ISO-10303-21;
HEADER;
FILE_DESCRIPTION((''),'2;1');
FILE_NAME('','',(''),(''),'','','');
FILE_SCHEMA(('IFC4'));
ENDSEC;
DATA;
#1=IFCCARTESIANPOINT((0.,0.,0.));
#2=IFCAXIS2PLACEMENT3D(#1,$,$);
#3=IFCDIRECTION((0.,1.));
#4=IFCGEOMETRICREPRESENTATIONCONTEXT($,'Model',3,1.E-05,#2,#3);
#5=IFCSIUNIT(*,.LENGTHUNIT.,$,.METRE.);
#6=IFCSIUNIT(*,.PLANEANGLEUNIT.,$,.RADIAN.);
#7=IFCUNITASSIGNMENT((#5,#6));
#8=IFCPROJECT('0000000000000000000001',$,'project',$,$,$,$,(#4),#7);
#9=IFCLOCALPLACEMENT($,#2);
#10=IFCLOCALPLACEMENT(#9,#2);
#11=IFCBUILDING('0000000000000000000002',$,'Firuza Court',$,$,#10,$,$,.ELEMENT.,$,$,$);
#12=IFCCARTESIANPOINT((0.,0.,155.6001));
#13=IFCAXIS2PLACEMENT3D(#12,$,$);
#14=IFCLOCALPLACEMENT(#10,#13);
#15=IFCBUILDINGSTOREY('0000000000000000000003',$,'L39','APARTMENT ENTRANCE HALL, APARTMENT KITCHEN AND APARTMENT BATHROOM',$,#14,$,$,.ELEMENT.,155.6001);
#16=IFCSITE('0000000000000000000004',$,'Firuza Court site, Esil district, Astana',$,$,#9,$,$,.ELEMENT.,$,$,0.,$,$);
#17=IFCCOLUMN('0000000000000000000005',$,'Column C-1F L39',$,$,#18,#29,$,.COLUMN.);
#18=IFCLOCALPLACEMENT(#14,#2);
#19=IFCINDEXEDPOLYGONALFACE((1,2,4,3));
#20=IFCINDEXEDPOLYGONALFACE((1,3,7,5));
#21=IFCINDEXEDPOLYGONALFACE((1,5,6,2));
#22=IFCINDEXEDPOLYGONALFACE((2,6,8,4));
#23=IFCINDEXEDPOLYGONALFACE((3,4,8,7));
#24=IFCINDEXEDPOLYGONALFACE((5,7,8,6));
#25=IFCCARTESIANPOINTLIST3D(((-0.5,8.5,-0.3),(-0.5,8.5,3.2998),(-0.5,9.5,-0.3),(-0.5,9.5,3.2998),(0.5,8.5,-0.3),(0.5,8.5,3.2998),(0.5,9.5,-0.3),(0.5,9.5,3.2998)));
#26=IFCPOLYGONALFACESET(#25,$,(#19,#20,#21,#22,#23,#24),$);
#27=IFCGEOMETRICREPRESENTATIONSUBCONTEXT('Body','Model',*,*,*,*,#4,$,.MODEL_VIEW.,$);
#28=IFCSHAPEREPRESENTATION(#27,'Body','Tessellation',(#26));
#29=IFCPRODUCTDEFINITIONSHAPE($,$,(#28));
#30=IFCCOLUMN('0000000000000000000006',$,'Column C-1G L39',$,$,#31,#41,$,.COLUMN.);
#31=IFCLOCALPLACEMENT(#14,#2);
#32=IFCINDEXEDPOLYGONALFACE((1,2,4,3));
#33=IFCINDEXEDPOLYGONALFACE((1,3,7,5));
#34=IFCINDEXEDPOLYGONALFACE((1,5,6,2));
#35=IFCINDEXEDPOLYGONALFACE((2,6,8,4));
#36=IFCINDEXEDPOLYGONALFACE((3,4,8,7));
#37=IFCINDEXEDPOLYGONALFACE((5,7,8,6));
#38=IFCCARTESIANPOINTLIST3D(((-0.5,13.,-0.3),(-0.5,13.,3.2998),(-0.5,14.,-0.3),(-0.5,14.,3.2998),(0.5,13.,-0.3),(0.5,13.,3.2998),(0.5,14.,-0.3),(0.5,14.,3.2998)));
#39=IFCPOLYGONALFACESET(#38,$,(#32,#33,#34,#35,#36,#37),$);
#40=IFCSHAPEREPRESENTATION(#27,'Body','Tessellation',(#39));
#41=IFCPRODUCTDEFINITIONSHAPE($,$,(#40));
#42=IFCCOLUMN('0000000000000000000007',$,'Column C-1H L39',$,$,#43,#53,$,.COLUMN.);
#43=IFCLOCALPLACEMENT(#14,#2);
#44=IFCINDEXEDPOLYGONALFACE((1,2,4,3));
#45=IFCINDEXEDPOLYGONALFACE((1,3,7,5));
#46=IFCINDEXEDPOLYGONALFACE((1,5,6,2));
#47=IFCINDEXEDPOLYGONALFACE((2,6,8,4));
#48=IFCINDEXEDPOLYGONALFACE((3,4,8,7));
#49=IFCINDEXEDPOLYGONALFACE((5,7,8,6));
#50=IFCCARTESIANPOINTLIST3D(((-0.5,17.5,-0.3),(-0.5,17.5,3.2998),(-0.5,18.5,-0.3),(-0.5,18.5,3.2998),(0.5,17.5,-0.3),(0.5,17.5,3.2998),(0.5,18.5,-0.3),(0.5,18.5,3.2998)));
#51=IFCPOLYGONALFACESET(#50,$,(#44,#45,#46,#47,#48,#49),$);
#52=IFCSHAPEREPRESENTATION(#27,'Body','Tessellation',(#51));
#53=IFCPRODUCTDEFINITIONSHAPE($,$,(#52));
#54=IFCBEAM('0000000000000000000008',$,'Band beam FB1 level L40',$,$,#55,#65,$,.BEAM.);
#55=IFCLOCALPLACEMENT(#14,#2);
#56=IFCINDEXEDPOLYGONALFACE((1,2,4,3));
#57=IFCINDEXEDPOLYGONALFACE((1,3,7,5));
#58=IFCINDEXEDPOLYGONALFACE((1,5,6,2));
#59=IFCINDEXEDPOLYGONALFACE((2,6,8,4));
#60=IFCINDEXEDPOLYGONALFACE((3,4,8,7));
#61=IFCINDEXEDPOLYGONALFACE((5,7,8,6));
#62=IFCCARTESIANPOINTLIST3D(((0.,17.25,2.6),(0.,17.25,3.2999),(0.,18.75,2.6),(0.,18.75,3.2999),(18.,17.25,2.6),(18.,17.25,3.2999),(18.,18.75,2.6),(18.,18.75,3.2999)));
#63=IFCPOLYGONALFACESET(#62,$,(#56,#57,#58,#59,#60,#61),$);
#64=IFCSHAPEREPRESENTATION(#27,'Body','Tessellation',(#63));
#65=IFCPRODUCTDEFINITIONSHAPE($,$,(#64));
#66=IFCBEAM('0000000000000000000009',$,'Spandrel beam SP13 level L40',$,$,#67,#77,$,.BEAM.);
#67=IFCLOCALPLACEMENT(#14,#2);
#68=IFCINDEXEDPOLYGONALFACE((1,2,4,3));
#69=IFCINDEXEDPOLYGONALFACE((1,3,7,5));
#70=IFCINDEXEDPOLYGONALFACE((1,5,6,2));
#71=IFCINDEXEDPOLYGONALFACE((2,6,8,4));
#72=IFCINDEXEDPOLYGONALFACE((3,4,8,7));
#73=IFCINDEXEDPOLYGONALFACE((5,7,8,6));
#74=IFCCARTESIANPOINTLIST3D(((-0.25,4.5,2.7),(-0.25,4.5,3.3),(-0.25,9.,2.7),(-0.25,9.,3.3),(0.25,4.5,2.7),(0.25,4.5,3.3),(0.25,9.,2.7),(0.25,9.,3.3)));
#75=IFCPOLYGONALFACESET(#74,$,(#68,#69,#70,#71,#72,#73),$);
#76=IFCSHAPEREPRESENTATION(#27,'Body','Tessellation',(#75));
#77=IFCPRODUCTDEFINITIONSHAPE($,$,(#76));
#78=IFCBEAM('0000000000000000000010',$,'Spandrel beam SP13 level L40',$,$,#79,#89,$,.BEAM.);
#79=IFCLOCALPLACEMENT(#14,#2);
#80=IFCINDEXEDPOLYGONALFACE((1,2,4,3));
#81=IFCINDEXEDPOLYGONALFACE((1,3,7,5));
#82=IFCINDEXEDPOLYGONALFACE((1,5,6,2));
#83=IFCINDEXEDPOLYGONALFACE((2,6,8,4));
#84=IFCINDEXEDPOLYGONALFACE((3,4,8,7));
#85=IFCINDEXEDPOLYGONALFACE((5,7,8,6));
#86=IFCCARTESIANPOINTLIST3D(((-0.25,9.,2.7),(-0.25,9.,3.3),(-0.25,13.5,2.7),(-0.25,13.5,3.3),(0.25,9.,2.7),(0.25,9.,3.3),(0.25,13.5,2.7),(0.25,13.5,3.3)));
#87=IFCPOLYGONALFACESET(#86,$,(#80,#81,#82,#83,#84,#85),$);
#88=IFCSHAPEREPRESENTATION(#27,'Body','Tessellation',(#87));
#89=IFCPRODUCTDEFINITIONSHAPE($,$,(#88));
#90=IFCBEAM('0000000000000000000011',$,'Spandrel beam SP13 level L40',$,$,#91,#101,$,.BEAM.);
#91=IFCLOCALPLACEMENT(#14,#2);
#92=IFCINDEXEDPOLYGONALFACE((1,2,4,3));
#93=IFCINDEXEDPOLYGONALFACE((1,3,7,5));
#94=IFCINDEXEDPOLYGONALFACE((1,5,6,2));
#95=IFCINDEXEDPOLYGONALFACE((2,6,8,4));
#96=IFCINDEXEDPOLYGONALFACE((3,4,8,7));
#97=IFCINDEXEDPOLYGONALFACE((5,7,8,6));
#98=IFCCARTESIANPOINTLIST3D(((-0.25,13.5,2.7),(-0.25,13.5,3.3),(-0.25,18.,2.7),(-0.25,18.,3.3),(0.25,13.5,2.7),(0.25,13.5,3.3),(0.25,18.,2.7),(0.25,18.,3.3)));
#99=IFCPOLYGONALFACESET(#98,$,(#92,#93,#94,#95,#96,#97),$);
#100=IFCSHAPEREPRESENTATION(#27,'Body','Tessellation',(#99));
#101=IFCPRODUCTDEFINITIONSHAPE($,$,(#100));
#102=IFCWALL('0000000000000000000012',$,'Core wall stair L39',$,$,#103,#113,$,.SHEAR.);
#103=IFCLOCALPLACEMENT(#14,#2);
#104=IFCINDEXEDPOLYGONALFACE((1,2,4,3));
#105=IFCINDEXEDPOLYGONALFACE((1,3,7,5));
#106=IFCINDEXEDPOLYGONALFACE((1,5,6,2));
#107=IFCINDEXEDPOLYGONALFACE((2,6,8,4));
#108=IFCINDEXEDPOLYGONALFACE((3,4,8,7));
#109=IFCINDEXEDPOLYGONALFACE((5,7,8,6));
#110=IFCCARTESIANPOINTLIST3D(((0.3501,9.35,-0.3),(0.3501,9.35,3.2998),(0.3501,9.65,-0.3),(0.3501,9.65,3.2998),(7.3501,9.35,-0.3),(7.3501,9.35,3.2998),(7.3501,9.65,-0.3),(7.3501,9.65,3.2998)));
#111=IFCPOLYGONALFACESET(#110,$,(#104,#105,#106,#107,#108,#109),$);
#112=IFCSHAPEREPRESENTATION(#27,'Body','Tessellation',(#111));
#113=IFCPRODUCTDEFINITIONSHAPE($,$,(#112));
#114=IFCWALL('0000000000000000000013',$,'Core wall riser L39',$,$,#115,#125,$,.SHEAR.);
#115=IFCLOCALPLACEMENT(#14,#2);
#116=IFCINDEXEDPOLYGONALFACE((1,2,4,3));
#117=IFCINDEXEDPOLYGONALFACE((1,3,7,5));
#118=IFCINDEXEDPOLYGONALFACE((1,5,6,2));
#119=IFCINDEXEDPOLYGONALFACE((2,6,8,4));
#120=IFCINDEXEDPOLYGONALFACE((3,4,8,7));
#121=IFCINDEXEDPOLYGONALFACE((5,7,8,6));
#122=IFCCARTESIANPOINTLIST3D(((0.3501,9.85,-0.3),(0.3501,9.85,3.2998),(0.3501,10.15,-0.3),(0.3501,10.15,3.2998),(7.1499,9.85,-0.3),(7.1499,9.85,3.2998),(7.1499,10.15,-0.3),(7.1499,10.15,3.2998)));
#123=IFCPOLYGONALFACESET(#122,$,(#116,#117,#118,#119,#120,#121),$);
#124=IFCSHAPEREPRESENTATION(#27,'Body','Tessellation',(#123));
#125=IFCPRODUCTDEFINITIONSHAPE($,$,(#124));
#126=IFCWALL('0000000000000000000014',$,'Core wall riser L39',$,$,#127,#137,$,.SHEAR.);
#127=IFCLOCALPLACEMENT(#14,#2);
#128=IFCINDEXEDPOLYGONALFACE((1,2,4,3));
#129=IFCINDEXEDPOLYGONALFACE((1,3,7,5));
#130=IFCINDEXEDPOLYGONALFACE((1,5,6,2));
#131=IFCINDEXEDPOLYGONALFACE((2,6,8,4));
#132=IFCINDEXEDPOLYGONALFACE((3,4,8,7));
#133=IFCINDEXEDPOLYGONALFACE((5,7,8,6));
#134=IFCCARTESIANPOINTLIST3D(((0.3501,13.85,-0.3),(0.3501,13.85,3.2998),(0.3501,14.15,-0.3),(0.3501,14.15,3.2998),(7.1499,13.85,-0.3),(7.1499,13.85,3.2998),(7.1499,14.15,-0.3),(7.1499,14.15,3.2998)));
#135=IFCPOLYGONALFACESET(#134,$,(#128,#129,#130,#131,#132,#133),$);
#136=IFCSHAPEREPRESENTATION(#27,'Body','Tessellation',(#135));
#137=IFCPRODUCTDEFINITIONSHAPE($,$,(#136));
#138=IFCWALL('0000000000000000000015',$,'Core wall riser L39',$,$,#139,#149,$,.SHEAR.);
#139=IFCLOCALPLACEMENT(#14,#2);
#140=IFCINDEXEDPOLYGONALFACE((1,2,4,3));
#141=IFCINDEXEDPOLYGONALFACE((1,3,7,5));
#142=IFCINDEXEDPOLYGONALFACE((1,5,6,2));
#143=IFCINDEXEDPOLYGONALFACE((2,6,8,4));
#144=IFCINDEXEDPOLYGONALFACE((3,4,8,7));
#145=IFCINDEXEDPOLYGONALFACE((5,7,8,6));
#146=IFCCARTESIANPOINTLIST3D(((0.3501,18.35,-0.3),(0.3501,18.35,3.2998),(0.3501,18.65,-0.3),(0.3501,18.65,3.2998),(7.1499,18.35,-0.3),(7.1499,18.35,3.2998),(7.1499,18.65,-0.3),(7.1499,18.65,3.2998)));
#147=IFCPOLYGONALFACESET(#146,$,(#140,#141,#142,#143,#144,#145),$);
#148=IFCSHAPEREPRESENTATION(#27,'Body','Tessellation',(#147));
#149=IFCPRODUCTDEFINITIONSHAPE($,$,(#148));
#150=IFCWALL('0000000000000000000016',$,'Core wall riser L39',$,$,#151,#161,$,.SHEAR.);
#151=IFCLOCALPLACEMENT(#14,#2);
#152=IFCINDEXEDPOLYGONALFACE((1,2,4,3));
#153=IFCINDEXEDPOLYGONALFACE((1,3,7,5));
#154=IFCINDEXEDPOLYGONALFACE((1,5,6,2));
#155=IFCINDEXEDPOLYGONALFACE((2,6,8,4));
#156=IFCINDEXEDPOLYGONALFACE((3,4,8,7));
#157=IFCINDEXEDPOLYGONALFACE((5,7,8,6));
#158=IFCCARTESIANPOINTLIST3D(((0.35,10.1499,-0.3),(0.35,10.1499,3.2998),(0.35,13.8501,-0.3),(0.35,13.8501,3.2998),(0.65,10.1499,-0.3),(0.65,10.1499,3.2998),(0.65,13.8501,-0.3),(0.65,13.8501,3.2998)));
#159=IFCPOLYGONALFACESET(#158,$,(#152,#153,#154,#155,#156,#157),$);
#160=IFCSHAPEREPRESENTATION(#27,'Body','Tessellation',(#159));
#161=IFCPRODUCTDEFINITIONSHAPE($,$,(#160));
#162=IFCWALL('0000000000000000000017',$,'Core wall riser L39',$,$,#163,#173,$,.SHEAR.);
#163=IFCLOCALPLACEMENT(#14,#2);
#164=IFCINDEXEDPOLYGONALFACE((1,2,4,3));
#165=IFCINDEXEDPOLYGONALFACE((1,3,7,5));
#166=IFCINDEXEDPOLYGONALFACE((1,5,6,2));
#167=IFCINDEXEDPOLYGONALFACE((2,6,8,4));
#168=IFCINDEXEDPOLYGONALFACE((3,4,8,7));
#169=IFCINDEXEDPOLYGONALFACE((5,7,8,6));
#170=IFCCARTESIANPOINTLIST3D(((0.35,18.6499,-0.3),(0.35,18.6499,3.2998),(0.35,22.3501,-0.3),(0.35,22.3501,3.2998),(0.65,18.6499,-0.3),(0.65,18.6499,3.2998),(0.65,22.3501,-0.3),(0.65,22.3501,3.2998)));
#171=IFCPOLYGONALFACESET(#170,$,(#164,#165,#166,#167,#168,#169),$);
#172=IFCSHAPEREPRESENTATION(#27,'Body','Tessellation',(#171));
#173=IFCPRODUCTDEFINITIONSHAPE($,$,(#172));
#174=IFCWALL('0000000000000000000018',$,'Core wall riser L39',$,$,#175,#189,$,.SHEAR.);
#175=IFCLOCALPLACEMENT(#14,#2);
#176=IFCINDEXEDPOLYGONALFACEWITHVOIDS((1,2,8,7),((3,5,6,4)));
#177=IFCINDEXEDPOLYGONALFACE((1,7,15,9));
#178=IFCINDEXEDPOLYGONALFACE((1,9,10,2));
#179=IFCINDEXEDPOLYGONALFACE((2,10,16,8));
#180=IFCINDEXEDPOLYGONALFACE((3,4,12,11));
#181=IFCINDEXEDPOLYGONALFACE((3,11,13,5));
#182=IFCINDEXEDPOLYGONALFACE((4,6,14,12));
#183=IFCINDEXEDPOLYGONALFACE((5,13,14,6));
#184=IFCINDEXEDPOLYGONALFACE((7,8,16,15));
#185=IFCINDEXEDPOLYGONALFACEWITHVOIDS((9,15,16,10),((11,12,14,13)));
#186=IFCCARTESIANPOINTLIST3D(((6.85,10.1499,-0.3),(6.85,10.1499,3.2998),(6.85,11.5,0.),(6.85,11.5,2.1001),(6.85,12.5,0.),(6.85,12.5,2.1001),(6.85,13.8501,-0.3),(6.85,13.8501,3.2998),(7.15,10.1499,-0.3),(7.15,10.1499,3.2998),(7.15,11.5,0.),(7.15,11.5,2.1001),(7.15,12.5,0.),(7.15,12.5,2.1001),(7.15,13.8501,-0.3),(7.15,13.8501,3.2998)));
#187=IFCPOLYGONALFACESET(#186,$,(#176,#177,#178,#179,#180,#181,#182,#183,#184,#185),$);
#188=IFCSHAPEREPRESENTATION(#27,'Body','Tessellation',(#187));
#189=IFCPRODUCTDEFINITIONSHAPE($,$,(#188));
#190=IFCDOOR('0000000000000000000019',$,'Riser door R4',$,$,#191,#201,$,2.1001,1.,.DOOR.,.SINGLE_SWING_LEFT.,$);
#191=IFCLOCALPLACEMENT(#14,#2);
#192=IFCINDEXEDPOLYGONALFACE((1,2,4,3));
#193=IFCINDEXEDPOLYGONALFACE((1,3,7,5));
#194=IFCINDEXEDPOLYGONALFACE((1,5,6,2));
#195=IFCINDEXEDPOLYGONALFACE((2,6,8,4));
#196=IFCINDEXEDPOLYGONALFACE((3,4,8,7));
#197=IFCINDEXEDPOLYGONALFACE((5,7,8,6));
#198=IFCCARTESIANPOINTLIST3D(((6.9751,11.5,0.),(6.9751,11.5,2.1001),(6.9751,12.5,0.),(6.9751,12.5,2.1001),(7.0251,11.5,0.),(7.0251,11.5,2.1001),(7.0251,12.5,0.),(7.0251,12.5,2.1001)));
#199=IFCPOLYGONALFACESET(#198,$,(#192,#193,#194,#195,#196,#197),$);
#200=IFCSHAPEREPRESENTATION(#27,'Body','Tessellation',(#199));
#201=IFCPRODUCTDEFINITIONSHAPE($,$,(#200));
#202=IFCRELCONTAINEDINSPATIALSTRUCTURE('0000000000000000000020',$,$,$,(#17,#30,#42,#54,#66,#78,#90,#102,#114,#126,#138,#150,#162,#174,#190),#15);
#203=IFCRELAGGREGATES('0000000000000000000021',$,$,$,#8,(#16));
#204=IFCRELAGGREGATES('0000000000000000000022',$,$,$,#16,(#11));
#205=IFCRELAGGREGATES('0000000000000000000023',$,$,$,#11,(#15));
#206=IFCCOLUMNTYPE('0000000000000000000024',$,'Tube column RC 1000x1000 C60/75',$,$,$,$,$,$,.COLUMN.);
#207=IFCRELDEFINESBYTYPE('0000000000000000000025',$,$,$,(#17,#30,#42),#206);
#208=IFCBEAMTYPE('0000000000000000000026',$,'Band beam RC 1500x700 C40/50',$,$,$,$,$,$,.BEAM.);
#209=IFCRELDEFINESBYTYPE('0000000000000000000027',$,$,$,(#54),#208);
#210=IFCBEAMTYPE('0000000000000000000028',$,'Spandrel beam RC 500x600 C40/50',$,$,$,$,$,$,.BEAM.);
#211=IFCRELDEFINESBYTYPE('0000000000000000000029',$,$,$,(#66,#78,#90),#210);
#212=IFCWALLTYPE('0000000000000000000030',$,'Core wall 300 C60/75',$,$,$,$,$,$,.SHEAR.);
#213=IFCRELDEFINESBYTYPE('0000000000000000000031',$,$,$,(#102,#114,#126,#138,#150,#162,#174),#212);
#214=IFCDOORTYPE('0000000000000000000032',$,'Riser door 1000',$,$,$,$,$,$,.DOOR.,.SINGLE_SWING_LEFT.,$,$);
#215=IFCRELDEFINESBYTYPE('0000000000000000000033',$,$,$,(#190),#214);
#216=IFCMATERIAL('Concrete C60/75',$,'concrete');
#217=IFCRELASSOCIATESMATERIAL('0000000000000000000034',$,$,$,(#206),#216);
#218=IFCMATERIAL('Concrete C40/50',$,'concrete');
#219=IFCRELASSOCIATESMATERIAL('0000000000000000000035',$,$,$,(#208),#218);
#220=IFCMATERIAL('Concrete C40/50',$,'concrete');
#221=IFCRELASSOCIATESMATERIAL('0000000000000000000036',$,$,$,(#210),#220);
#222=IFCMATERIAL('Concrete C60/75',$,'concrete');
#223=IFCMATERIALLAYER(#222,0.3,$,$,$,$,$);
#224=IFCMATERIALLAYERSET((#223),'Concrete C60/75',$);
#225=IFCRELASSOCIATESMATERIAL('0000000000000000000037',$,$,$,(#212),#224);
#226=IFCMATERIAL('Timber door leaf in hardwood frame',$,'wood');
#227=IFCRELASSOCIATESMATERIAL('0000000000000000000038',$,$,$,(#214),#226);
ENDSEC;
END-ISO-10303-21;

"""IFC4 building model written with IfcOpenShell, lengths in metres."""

from ifc_helpers import new_model, si_unit, direction, frame, frame_2d, origin, origin_2d, place, context, subcontext, project, spatial, rectangle, extrude, material, layer, layer_set, material_profile, profile_set, type_object, element, fill, save


model = new_model("IFC4")

# Units and contexts
model_context = context("Model", 3, precision=1e-05, world=origin(), true_north=direction((0.0, 1.0)))
body_context = subcontext(model_context, "Body", "Model", "MODEL_VIEW")
ifc_project = project(units=[si_unit("LENGTHUNIT", "METRE"), si_unit("PLANEANGLEUNIT", "RADIAN")], contexts=[model_context])

# Site, building, storey
site_placement = place(None, origin())
site = spatial("IfcSite", under=ifc_project, at=site_placement, Name="Firuza Court site, Esil district, Astana", CompositionType="ELEMENT", RefElevation=0.0)
building_placement = place(site_placement, origin())
building = spatial("IfcBuilding", under=site, at=building_placement, Name="Firuza Court", CompositionType="ELEMENT")
storey_placement = place(building_placement, frame((0.0, 0.0, 155.6001)))
storey = spatial("IfcBuildingStorey", under=building, at=storey_placement, Name="L39", Description="APARTMENT ENTRANCE HALL, APARTMENT KITCHEN AND APARTMENT BATHROOM", CompositionType="ELEMENT", Elevation=155.6001)

# Columns
ifc_material_1 = material(Name="Concrete C60/75", Category="concrete")
ifc_material_profile_1 = material_profile(ifc_material_1, rectangle(XDim=1.0, YDim=1.0, at=origin_2d()), Name="RC 1000x1000")
ifc_profile_set_1 = profile_set([ifc_material_profile_1], Name="Concrete C60/75")
column_type = type_object("IfcColumnType", Name="Tube column RC 1000x1000 C60/75", PredefinedType="COLUMN", material=ifc_profile_set_1)
for number, where, z_axis, x_axis, name in (
    (1, (0.0, 9.0, -0.3), (0.0, 0.0, 1.0), (1.0, 0.0, 0.0), "Column C-1F L39"),
    (2, (0.0, 13.5, -0.3), (0.0, 0.0, 1.0), (1.0, 0.0, 0.0), "Column C-1G L39"),
    (3, (0.0, 18.0, -0.3), (0.0, 0.0, 1.0), (1.0, 0.0, 0.0), "Column C-1H L39"),
):
    element("IfcColumn", number, at=place(storey_placement, frame(where, z_axis=z_axis, x_axis=x_axis)), inside=storey, type_object=column_type, Name=name, PredefinedType="COLUMN", context=body_context, shape_type="SweptSolid", body=[
        extrude(rectangle(XDim=1.0, YDim=1.0, at=origin_2d()), origin(), (0.0, 0.0, 1.0), 3.5999),
    ])

# Beams
ifc_material_2 = material(Name="Concrete C40/50", Category="concrete")
ifc_material_profile_2 = material_profile(ifc_material_2, rectangle(XDim=1.5, YDim=0.7, at=origin_2d()), Name="RC 1500x700")
ifc_profile_set_2 = profile_set([ifc_material_profile_2], Name="Concrete C40/50")
beam_type_1 = type_object("IfcBeamType", Name="Band beam RC 1500x700 C40/50", PredefinedType="BEAM", material=ifc_profile_set_2)
beam_placement = place(storey_placement, frame((0.0, 18.0, 2.95), z_axis=(1.0, 0.0, 0.0), x_axis=(0.0, 1.0, 0.0)))
element("IfcBeam", 4, at=beam_placement, inside=storey, type_object=beam_type_1, Name="Band beam FB1 level L40", PredefinedType="BEAM", context=body_context, shape_type="SweptSolid", body=[
    extrude(rectangle(XDim=1.5, YDim=0.7, at=origin_2d()), origin(), (0.0, 0.0, 1.0), 18.0),
])
ifc_material_3 = material(Name="Concrete C40/50", Category="concrete")
ifc_material_profile_3 = material_profile(ifc_material_3, rectangle(XDim=0.5, YDim=0.6001, at=origin_2d()), Name="RC 500x600")
ifc_profile_set_3 = profile_set([ifc_material_profile_3], Name="Concrete C40/50")
beam_type_2 = type_object("IfcBeamType", Name="Spandrel beam RC 500x600 C40/50", PredefinedType="BEAM", material=ifc_profile_set_3)
for number, where, z_axis, x_axis, name in (
    (5, (0.0, 9.0, 3.0), (0.0, -1.0, 0.0), (1.0, 0.0, 0.0), "Spandrel beam SP13 level L40"),
    (6, (0.0, 13.5, 3.0), (0.0, -1.0, 0.0), (1.0, 0.0, 0.0), "Spandrel beam SP13 level L40"),
    (7, (0.0, 18.0, 3.0), (0.0, -1.0, 0.0), (1.0, 0.0, 0.0), "Spandrel beam SP13 level L40"),
):
    element("IfcBeam", number, at=place(storey_placement, frame(where, z_axis=z_axis, x_axis=x_axis)), inside=storey, type_object=beam_type_2, Name=name, PredefinedType="BEAM", context=body_context, shape_type="SweptSolid", body=[
        extrude(rectangle(XDim=0.5, YDim=0.6001, at=origin_2d()), origin(), (0.0, 0.0, 1.0), 4.5),
    ])

# Walls
ifc_material_4 = material(Name="Concrete C60/75", Category="concrete")
ifc_layer_1 = layer(ifc_material_4, 0.3)
ifc_layer_set_1 = layer_set([ifc_layer_1], Name="Concrete C60/75")
wall_type_1 = type_object("IfcWallType", Name="Core wall 300 C60/75", PredefinedType="SHEAR", material=ifc_layer_set_1)
wall_1_placement = place(storey_placement, frame((0.3501, 9.5, -0.3), z_axis=(0.0, 0.0, 1.0), x_axis=(1.0, 0.0, 0.0)))
element("IfcWall", 8, at=wall_1_placement, inside=storey, type_object=wall_type_1, Name="Core wall stair L39", PredefinedType="SHEAR", context=body_context, shape_type="SweptSolid", body=[
    extrude(rectangle(XDim=7.0, YDim=0.3, at=frame_2d((3.5, 0.0))), origin(), (0.0, 0.0, 1.0), 3.5999),
])
for number, where, z_axis, x_axis, name in (
    (9, (0.3501, 10.0, -0.3), (0.0, 0.0, 1.0), (1.0, 0.0, 0.0), "Core wall riser L39"),
    (10, (0.3501, 14.0, -0.3), (0.0, 0.0, 1.0), (1.0, 0.0, 0.0), "Core wall riser L39"),
    (11, (0.3501, 18.5, -0.3), (0.0, 0.0, 1.0), (1.0, 0.0, 0.0), "Core wall riser L39"),
):
    element("IfcWall", number, at=place(storey_placement, frame(where, z_axis=z_axis, x_axis=x_axis)), inside=storey, type_object=wall_type_1, Name=name, PredefinedType="SHEAR", context=body_context, shape_type="SweptSolid", body=[
        extrude(rectangle(XDim=6.7998, YDim=0.3, at=frame_2d((3.3999, 0.0))), origin(), (0.0, 0.0, 1.0), 3.5999),
    ])
for number, where, z_axis, x_axis, name in (
    (12, (0.5, 10.1499, -0.3), (0.0, 0.0, 1.0), (0.0, 1.0, 0.0), "Core wall riser L39"),
    (13, (0.5, 18.6499, -0.3), (0.0, 0.0, 1.0), (0.0, 1.0, 0.0), "Core wall riser L39"),
):
    element("IfcWall", number, at=place(storey_placement, frame(where, z_axis=z_axis, x_axis=x_axis)), inside=storey, type_object=wall_type_1, Name=name, PredefinedType="SHEAR", context=body_context, shape_type="SweptSolid", body=[
        extrude(rectangle(XDim=3.7002, YDim=0.3, at=frame_2d((1.8501, 0.0))), origin(), (0.0, 0.0, 1.0), 3.5999),
    ])

# Wall, opening, door
wall_2_placement = place(storey_placement, frame((7.0, 10.1499, -0.3), z_axis=(0.0, 0.0, 1.0), x_axis=(0.0, 1.0, 0.0)))
wall_2 = element("IfcWall", 14, at=wall_2_placement, inside=storey, type_object=wall_type_1, Name="Core wall riser L39", PredefinedType="SHEAR", context=body_context, shape_type="SweptSolid", body=[
    extrude(rectangle(XDim=3.7002, YDim=0.3, at=frame_2d((1.8501, 0.0))), origin(), (0.0, 0.0, 1.0), 3.5999),
])
opening_1_placement = place(wall_2_placement, frame((1.3501, 0.0, 0.3)))
opening_1 = element("IfcOpeningElement", 15, at=opening_1_placement, cuts=wall_2, PredefinedType="OPENING", context=body_context, shape_type="SweptSolid", body=[
    extrude(rectangle(XDim=1.0, YDim=2.1001, at=frame_2d((0.5, 1.05))), frame((0.0, 0.1621, 0.0), z_axis=(0.0, -1.0, 0.0), x_axis=(1.0, 0.0, 0.0)), (0.0, 0.0, 1.0), 0.324),
])
ifc_material_5 = material(Name="Timber door leaf in hardwood frame", Category="wood")
door_type_1 = type_object("IfcDoorType", Name="Riser door 1000", OperationType="SINGLE_SWING_LEFT", PredefinedType="DOOR", material=ifc_material_5)
door_1_placement = place(opening_1_placement, origin())
door_1 = element("IfcDoor", 16, at=door_1_placement, inside=storey, type_object=door_type_1, Name="Riser door R4", OperationType="SINGLE_SWING_LEFT", OverallHeight=2.1001, OverallWidth=1.0, PredefinedType="DOOR", context=body_context, shape_type="SweptSolid", body=[
    extrude(rectangle(XDim=1.0, YDim=2.1001, at=frame_2d((0.5, 1.05))), frame((0.0, 0.0249, 0.0), z_axis=(0.0, -1.0, 0.0), x_axis=(1.0, 0.0, 0.0)), (0.0, 0.0, 1.0), 0.05),
])
fill(opening_1, door_1)

save(model, "model.ifc")
